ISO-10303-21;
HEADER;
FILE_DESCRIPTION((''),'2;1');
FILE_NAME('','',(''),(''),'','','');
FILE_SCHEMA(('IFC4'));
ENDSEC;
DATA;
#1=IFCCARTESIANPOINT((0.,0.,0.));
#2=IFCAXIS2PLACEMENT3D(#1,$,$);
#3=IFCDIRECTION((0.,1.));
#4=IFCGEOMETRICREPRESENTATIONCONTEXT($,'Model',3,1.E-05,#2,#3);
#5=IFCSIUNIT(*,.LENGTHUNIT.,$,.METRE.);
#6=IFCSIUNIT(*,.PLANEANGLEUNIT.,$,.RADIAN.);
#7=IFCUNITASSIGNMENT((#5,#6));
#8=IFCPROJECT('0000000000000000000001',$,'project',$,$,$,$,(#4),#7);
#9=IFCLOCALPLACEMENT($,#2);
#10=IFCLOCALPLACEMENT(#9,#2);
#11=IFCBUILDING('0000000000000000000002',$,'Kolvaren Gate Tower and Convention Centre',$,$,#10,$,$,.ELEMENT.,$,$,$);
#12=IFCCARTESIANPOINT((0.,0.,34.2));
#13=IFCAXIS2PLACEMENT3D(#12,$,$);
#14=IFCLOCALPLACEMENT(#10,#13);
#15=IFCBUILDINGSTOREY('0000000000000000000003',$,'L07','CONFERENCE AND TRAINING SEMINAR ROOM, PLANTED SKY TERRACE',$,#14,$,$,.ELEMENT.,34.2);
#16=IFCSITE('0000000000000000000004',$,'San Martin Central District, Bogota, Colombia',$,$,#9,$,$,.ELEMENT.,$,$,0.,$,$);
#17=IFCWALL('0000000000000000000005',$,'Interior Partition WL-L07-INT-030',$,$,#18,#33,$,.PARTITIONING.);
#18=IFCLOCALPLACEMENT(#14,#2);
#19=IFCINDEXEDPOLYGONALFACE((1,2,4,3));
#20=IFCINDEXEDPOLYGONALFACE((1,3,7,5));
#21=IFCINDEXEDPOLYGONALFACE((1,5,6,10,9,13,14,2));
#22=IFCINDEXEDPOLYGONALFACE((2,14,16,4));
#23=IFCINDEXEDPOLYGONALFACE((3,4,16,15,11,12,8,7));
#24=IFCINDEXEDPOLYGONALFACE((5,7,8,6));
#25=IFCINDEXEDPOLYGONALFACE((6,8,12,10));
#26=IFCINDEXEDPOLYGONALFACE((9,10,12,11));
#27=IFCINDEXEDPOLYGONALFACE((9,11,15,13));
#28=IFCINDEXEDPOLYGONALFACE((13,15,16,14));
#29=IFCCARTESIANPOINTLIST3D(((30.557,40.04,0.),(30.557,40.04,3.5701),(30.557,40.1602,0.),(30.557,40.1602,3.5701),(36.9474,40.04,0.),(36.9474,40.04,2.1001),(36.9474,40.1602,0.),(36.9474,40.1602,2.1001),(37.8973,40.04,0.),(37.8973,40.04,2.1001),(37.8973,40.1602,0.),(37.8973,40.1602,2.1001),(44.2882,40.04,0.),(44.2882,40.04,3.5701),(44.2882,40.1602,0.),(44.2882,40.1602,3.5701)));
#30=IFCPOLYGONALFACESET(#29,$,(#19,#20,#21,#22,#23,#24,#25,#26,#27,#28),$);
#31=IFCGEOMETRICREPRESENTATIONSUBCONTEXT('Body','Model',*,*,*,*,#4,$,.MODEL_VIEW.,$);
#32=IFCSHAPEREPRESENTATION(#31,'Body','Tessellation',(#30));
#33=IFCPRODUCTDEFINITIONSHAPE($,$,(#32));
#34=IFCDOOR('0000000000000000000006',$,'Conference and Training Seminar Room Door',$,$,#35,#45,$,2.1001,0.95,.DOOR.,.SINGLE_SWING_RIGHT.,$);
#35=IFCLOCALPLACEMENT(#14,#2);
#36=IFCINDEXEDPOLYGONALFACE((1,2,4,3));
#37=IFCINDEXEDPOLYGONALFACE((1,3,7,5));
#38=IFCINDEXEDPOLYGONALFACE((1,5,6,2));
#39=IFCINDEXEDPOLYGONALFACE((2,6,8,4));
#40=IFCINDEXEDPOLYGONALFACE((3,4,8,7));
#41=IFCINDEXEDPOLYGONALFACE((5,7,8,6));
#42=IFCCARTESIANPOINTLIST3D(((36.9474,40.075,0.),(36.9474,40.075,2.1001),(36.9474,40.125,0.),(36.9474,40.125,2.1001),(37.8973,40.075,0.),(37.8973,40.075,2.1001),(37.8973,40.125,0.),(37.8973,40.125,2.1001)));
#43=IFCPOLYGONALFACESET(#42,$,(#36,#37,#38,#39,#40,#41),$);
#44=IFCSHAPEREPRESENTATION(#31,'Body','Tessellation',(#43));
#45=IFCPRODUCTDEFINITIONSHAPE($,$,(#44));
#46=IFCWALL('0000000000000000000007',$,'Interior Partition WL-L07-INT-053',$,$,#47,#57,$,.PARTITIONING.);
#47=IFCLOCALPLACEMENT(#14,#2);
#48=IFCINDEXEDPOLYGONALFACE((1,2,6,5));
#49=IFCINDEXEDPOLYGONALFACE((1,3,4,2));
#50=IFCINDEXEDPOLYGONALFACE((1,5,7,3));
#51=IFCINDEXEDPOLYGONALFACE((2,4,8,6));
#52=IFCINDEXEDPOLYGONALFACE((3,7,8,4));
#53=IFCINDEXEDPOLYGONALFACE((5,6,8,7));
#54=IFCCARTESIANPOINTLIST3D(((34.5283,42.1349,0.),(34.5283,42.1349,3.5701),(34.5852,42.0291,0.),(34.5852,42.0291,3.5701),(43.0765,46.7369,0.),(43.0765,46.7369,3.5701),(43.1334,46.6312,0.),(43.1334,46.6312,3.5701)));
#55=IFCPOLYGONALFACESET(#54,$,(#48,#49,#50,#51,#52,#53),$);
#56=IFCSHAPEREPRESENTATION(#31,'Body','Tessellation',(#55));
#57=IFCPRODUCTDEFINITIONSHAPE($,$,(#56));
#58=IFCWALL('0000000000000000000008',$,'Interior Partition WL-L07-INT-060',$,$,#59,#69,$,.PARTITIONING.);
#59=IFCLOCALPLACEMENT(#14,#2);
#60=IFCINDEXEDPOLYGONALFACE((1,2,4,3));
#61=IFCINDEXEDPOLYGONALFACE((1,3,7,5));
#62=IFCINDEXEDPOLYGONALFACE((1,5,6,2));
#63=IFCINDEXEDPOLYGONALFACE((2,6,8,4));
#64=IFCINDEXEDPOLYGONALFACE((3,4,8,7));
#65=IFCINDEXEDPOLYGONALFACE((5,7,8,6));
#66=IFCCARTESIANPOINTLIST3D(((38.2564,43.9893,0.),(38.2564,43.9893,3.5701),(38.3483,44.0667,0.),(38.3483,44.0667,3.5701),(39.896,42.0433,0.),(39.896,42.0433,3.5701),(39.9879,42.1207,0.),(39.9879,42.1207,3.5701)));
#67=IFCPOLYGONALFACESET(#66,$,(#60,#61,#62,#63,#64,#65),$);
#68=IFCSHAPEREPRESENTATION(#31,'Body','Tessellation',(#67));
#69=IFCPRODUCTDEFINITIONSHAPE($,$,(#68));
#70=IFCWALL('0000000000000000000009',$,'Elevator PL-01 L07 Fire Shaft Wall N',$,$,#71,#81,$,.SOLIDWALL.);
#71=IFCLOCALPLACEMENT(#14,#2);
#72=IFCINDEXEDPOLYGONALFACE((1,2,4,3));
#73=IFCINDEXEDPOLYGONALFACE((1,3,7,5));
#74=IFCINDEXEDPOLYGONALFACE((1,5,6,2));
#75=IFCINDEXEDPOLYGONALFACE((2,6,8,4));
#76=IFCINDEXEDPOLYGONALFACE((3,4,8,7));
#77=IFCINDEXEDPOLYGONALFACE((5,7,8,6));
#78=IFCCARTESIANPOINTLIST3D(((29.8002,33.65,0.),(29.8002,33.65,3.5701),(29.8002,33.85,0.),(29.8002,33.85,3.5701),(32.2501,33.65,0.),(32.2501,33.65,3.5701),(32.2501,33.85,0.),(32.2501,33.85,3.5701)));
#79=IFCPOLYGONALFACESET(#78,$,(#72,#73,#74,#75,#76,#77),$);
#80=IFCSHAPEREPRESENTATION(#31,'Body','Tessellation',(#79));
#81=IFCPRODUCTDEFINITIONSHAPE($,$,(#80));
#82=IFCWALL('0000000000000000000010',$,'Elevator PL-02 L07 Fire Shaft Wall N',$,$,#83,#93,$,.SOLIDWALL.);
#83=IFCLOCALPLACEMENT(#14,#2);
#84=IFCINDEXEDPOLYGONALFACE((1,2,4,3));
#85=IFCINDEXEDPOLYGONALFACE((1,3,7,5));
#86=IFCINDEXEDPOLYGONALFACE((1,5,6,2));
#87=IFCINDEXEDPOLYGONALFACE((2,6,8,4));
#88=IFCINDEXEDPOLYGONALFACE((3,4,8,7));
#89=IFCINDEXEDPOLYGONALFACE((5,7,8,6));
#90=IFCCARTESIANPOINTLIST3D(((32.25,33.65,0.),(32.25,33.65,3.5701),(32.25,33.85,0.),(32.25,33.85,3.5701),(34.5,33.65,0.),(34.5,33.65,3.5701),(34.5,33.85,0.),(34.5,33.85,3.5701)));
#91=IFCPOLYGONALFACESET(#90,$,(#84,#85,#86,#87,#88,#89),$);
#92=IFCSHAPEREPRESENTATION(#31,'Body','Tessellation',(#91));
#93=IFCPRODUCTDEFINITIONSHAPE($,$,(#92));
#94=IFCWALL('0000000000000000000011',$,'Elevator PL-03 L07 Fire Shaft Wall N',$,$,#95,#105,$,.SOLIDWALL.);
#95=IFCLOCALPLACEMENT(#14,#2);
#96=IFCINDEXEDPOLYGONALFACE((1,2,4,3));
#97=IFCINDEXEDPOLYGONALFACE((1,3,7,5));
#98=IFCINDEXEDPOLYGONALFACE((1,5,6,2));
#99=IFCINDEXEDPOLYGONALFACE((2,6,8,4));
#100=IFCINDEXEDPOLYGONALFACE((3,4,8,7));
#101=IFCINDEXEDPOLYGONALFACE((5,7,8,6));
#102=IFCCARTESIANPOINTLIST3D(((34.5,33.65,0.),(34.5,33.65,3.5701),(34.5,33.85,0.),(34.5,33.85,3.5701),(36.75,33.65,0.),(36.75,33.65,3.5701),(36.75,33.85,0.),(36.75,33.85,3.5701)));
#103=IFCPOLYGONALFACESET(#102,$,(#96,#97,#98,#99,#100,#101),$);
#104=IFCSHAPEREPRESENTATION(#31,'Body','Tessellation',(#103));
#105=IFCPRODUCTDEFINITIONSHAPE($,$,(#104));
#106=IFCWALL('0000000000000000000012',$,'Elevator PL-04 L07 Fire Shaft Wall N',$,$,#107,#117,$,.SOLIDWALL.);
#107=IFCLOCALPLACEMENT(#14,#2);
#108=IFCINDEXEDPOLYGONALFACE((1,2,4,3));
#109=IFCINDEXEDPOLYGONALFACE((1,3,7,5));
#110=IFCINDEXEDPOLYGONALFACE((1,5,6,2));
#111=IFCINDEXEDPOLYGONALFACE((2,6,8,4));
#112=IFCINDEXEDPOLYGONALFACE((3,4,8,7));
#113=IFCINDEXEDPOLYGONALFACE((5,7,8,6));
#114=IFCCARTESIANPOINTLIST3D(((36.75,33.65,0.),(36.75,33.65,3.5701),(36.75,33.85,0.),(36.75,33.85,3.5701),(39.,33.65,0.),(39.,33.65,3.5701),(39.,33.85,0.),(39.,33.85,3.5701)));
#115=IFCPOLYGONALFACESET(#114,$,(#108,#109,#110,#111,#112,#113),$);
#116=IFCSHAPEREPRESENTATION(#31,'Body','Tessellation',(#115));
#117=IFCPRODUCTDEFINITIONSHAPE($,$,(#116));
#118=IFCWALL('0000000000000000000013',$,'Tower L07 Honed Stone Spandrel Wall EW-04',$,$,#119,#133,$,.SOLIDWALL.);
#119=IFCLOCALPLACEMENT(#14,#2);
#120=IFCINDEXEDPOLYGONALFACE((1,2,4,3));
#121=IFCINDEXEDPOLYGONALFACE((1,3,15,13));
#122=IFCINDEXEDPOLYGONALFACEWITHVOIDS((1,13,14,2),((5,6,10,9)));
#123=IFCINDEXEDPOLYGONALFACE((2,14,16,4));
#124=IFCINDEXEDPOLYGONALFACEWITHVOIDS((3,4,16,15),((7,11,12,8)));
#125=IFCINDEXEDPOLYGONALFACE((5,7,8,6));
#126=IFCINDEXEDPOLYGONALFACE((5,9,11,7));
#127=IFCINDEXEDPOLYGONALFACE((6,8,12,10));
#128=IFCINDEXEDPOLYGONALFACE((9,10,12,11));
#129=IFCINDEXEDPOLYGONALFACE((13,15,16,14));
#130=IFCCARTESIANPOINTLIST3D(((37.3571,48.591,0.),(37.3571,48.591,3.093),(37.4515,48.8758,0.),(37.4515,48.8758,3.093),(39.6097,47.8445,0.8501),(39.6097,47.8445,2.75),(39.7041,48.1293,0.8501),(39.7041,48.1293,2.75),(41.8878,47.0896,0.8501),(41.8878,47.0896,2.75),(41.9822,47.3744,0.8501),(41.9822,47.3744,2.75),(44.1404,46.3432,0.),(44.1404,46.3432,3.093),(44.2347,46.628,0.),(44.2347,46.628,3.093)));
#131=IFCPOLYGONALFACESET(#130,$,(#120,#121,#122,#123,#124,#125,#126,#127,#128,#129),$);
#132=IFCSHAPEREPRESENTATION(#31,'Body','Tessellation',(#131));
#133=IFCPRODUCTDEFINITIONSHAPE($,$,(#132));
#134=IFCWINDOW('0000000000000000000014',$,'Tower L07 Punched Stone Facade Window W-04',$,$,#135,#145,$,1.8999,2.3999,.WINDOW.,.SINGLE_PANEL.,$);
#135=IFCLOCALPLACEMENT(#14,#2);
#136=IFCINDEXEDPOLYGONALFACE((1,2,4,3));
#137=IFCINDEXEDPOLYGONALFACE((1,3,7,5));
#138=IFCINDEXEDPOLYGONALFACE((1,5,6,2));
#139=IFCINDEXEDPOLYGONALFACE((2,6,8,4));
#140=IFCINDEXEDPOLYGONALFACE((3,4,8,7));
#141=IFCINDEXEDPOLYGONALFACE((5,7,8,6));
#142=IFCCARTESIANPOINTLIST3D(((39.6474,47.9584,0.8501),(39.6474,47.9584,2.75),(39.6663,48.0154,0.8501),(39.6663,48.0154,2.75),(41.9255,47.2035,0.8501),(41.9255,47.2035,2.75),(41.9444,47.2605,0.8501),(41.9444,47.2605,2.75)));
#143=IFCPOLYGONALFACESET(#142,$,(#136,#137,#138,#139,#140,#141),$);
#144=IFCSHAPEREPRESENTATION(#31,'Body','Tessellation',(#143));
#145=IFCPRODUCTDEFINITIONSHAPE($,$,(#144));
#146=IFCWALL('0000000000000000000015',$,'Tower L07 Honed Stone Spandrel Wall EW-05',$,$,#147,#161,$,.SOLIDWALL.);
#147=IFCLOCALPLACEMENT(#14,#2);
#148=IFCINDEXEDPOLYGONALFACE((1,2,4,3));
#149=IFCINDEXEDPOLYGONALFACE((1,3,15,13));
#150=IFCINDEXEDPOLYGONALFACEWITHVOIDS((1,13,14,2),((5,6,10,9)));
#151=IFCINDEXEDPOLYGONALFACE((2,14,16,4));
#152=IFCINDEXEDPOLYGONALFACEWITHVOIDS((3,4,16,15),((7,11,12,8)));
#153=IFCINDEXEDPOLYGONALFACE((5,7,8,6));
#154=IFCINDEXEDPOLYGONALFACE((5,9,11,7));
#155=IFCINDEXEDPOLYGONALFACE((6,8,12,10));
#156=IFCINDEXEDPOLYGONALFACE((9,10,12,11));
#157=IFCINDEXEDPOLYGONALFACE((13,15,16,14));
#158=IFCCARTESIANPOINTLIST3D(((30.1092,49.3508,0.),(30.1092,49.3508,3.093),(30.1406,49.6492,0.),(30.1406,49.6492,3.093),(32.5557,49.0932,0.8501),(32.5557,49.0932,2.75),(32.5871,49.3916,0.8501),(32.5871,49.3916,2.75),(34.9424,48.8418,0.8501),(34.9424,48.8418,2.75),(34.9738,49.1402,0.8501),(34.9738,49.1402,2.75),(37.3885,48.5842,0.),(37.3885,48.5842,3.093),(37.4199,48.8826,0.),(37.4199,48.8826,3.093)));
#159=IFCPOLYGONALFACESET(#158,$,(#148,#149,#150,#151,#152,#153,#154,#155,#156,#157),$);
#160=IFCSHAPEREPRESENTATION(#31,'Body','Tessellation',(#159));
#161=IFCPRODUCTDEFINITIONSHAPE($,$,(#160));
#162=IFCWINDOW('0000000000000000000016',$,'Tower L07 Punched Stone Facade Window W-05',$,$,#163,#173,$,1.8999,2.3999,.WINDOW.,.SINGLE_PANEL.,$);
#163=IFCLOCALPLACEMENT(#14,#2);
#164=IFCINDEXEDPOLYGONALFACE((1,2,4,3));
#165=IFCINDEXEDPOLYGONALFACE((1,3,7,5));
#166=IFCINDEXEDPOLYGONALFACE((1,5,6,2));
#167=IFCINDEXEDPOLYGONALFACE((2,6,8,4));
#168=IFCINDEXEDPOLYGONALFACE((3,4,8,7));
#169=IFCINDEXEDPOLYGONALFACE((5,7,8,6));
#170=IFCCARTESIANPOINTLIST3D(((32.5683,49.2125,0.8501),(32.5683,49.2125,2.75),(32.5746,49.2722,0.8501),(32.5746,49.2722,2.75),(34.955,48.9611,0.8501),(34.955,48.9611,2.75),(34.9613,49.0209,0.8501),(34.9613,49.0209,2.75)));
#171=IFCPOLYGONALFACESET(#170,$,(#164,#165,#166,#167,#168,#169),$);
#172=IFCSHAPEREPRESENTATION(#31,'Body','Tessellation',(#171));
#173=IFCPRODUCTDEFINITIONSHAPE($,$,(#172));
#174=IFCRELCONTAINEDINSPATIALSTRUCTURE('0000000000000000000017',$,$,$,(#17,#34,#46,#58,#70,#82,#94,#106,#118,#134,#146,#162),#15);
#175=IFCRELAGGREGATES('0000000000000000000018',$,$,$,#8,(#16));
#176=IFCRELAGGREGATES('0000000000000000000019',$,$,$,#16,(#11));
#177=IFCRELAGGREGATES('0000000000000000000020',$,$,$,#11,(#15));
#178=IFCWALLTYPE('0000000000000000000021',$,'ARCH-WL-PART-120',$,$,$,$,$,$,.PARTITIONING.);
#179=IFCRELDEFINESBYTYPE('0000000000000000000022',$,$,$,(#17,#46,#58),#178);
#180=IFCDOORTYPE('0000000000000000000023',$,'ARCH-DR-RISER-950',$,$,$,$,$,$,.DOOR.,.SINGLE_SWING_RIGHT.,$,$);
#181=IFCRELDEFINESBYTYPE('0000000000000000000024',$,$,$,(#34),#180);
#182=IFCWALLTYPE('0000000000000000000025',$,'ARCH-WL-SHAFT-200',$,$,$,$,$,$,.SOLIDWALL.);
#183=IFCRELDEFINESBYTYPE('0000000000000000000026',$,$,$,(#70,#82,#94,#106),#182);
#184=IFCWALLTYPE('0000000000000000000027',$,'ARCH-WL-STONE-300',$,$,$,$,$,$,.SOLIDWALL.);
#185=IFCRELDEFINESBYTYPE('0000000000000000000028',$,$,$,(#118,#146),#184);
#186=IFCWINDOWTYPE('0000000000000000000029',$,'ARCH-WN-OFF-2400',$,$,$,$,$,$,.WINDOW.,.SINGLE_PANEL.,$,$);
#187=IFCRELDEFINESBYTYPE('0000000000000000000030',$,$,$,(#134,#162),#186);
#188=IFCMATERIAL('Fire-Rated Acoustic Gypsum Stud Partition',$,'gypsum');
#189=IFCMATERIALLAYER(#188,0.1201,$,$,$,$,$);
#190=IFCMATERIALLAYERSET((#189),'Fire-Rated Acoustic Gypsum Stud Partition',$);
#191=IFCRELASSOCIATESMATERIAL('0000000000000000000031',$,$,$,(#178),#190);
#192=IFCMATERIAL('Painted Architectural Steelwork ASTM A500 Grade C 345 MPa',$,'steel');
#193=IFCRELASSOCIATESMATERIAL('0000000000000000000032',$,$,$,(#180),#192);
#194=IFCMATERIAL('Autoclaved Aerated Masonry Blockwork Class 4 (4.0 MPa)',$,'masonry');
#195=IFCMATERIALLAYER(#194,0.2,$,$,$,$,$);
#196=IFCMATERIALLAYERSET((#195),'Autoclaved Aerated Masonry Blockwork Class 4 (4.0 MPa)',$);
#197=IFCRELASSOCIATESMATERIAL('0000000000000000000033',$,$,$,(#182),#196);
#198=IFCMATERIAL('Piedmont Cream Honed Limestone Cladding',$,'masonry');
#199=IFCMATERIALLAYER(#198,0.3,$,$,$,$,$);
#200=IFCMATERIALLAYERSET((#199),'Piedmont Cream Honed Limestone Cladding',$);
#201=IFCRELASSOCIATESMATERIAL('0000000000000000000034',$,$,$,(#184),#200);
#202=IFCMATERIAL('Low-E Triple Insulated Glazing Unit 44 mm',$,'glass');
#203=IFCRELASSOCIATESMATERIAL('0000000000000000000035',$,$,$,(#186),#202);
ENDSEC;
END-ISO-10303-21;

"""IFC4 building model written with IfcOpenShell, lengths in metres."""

from ifc_helpers import new_model, si_unit, direction, frame, frame_2d, origin, place, context, subcontext, project, spatial, rectangle, extrude, material, layer, layer_set, type_object, element, fill, save


model = new_model("IFC4")

# Units and contexts
model_context = context("Model", 3, precision=1e-05, world=origin(), true_north=direction((0.0, 1.0)))
body_context = subcontext(model_context, "Body", "Model", "MODEL_VIEW")
ifc_project = project(units=[si_unit("LENGTHUNIT", "METRE"), si_unit("PLANEANGLEUNIT", "RADIAN")], contexts=[model_context])

# Site, building, storey
site_placement = place(None, origin())
site = spatial("IfcSite", under=ifc_project, at=site_placement, Name="San Martin Central District, Bogota, Colombia", CompositionType="ELEMENT", RefElevation=0.0)
building_placement = place(site_placement, origin())
building = spatial("IfcBuilding", under=site, at=building_placement, Name="Kolvaren Gate Tower and Convention Centre", CompositionType="ELEMENT")
storey_placement = place(building_placement, frame((0.0, 0.0, 34.2)))
storey = spatial("IfcBuildingStorey", under=building, at=storey_placement, Name="L07", Description="CONFERENCE AND TRAINING SEMINAR ROOM, PLANTED SKY TERRACE", CompositionType="ELEMENT", Elevation=34.2)

# Wall, opening, door
ifc_material_1 = material(Name="Fire-Rated Acoustic Gypsum Stud Partition", Category="gypsum")
ifc_layer_1 = layer(ifc_material_1, 0.1201)
ifc_layer_set_1 = layer_set([ifc_layer_1], Name="Fire-Rated Acoustic Gypsum Stud Partition")
wall_type_1 = type_object("IfcWallType", Name="ARCH-WL-PART-120", PredefinedType="PARTITIONING", material=ifc_layer_set_1)
wall_1_placement = place(storey_placement, frame((30.5569, 40.1001, 0.0), z_axis=(0.0, 0.0, 1.0), x_axis=(1.0, 0.0, 0.0)))
wall_1 = element("IfcWall", 1, at=wall_1_placement, inside=storey, type_object=wall_type_1, Name="Interior Partition WL-L07-INT-030", PredefinedType="PARTITIONING", context=body_context, shape_type="SweptSolid", body=[
    extrude(rectangle(XDim=13.7312, YDim=0.1201, at=frame_2d((6.8657, 0.0))), origin(), (0.0, 0.0, 1.0), 3.5701),
])
opening_1_placement = place(wall_1_placement, frame((6.3904, 0.0, 0.0)))
opening_1 = element("IfcOpeningElement", 2, at=opening_1_placement, cuts=wall_1, PredefinedType="OPENING", context=body_context, shape_type="SweptSolid", body=[
    extrude(rectangle(XDim=0.95, YDim=2.1001, at=frame_2d((0.4751, 1.05))), frame((0.0, 0.0701, 0.0), z_axis=(0.0, -1.0, 0.0), x_axis=(1.0, 0.0, 0.0)), (0.0, 0.0, 1.0), 0.1401),
])
ifc_material_2 = material(Name="Painted Architectural Steelwork ASTM A500 Grade C 345 MPa", Category="steel")
door_type = type_object("IfcDoorType", Name="ARCH-DR-RISER-950", OperationType="SINGLE_SWING_RIGHT", PredefinedType="DOOR", material=ifc_material_2)
door_placement = place(opening_1_placement, origin())
door = element("IfcDoor", 3, at=door_placement, inside=storey, type_object=door_type, Name="Conference and Training Seminar Room Door", OperationType="SINGLE_SWING_RIGHT", OverallHeight=2.1001, OverallWidth=0.95, PredefinedType="DOOR", context=body_context, shape_type="SweptSolid", body=[
    extrude(rectangle(XDim=0.95, YDim=2.1001, at=frame_2d((0.4751, 1.05))), frame((0.0, 0.0249, 0.0), z_axis=(0.0, -1.0, 0.0), x_axis=(1.0, 0.0, 0.0)), (0.0, 0.0, 1.0), 0.05),
])
fill(opening_1, door)

# Walls
wall_2_placement = place(storey_placement, frame((34.5569, 42.082, 0.0), z_axis=(0.0, 0.0, 1.0), x_axis=(0.880504, 0.474038, 0.0)))
element("IfcWall", 4, at=wall_2_placement, inside=storey, type_object=wall_type_1, Name="Interior Partition WL-L07-INT-053", PredefinedType="PARTITIONING", context=body_context, shape_type="SweptSolid", body=[
    extrude(rectangle(XDim=9.7083, YDim=0.1201, at=frame_2d((4.854, 0.0))), origin(), (0.0, 0.0, 1.0), 3.5701),
])
wall_3_placement = place(storey_placement, frame((38.3022, 44.0281, 0.0), z_axis=(0.0, 0.0, 1.0), x_axis=(0.644337, -0.764742, 0.0)))
element("IfcWall", 5, at=wall_3_placement, inside=storey, type_object=wall_type_1, Name="Interior Partition WL-L07-INT-060", PredefinedType="PARTITIONING", context=body_context, shape_type="SweptSolid", body=[
    extrude(rectangle(XDim=2.5447, YDim=0.1201, at=frame_2d((1.2725, 0.0))), origin(), (0.0, 0.0, 1.0), 3.5701),
])
ifc_material_3 = material(Name="Autoclaved Aerated Masonry Blockwork Class 4 (4.0 MPa)", Category="masonry")
ifc_layer_2 = layer(ifc_material_3, 0.2)
ifc_layer_set_2 = layer_set([ifc_layer_2], Name="Autoclaved Aerated Masonry Blockwork Class 4 (4.0 MPa)")
wall_type_2 = type_object("IfcWallType", Name="ARCH-WL-SHAFT-200", PredefinedType="SOLIDWALL", material=ifc_layer_set_2)
wall_4_placement = place(storey_placement, frame((29.8, 33.75, 0.0), z_axis=(0.0, 0.0, 1.0), x_axis=(1.0, 0.0, 0.0)))
element("IfcWall", 6, at=wall_4_placement, inside=storey, type_object=wall_type_2, Name="Elevator PL-01 L07 Fire Shaft Wall N", PredefinedType="SOLIDWALL", context=body_context, shape_type="SweptSolid", body=[
    extrude(rectangle(XDim=2.45, YDim=0.2, at=frame_2d((1.2251, 0.0))), origin(), (0.0, 0.0, 1.0), 3.5701),
])
for number, where, z_axis, x_axis, name in (
    (7, (32.25, 33.75, 0.0), (0.0, 0.0, 1.0), (1.0, 0.0, 0.0), "Elevator PL-02 L07 Fire Shaft Wall N"),
    (8, (34.5, 33.75, 0.0), (0.0, 0.0, 1.0), (1.0, 0.0, 0.0), "Elevator PL-03 L07 Fire Shaft Wall N"),
    (9, (36.75, 33.75, 0.0), (0.0, 0.0, 1.0), (1.0, 0.0, 0.0), "Elevator PL-04 L07 Fire Shaft Wall N"),
):
    element("IfcWall", number, at=place(storey_placement, frame(where, z_axis=z_axis, x_axis=x_axis)), inside=storey, type_object=wall_type_2, Name=name, PredefinedType="SOLIDWALL", context=body_context, shape_type="SweptSolid", body=[
        extrude(rectangle(XDim=2.25, YDim=0.2, at=frame_2d((1.125, 0.0))), origin(), (0.0, 0.0, 1.0), 3.5701),
    ])

# Walls, openings, windows
ifc_material_4 = material(Name="Piedmont Cream Honed Limestone Cladding", Category="masonry")
ifc_layer_3 = layer(ifc_material_4, 0.3)
ifc_layer_set_3 = layer_set([ifc_layer_3], Name="Piedmont Cream Honed Limestone Cladding")
wall_type_3 = type_object("IfcWallType", Name="ARCH-WL-STONE-300", PredefinedType="SOLIDWALL", material=ifc_layer_set_3)
wall_5_placement = place(storey_placement, frame((37.4043, 48.7334, 0.0), z_axis=(0.0, 0.0, 1.0), x_axis=(0.949239, -0.314557, 0.0)))
wall_5 = element("IfcWall", 10, at=wall_5_placement, inside=storey, type_object=wall_type_3, Name="Tower L07 Honed Stone Spandrel Wall EW-04", PredefinedType="SOLIDWALL", context=body_context, shape_type="SweptSolid", body=[
    extrude(rectangle(XDim=7.146, YDim=0.3, at=frame_2d((3.573, 0.0))), origin(), (0.0, 0.0, 1.0), 3.093),
])
opening_2_placement = place(wall_5_placement, frame((2.373, 0.0, 0.8501)))
opening_2 = element("IfcOpeningElement", 11, at=opening_2_placement, cuts=wall_5, PredefinedType="OPENING", context=body_context, shape_type="SweptSolid", body=[
    extrude(rectangle(XDim=2.3999, YDim=1.8999, at=frame_2d((1.2, 0.95))), frame((0.0, 0.1599, 0.0), z_axis=(0.0, -1.0, 0.0), x_axis=(1.0, 0.0, 0.0)), (0.0, 0.0, 1.0), 0.3201),
])
ifc_material_5 = material(Name="Low-E Triple Insulated Glazing Unit 44 mm", Category="glass")
window_type = type_object("IfcWindowType", Name="ARCH-WN-OFF-2400", PartitioningType="SINGLE_PANEL", PredefinedType="WINDOW", material=ifc_material_5)
window_1_placement = place(opening_2_placement, origin())
window_1 = element("IfcWindow", 12, at=window_1_placement, inside=storey, type_object=window_type, Name="Tower L07 Punched Stone Facade Window W-04", OverallHeight=1.8999, OverallWidth=2.3999, PartitioningType="SINGLE_PANEL", PredefinedType="WINDOW", context=body_context, shape_type="SweptSolid", body=[
    extrude(rectangle(XDim=2.3999, YDim=1.8999, at=frame_2d((1.2, 0.95))), frame((0.0, 0.03, 0.0), z_axis=(0.0, -1.0, 0.0), x_axis=(1.0, 0.0, 0.0)), (0.0, 0.0, 1.0), 0.0601),
])
fill(opening_2, window_1)
wall_6_placement = place(storey_placement, frame((30.125, 49.5, 0.0), z_axis=(0.0, 0.0, 1.0), x_axis=(0.9945, -0.104733, 0.0)))
wall_6 = element("IfcWall", 13, at=wall_6_placement, inside=storey, type_object=wall_type_3, Name="Tower L07 Honed Stone Spandrel Wall EW-05", PredefinedType="SOLIDWALL", context=body_context, shape_type="SweptSolid", body=[
    extrude(rectangle(XDim=7.3196, YDim=0.3, at=frame_2d((3.6597, 0.0))), origin(), (0.0, 0.0, 1.0), 3.093),
])
opening_3_placement = place(wall_6_placement, frame((2.46, 0.0, 0.8501)))
opening_3 = element("IfcOpeningElement", 14, at=opening_3_placement, cuts=wall_6, PredefinedType="OPENING", context=body_context, shape_type="SweptSolid", body=[
    extrude(rectangle(XDim=2.3999, YDim=1.8999, at=frame_2d((1.2, 0.95))), frame((0.0, 0.1599, 0.0), z_axis=(0.0, -1.0, 0.0), x_axis=(1.0, 0.0, 0.0)), (0.0, 0.0, 1.0), 0.3201),
])
window_2_placement = place(opening_3_placement, origin())
window_2 = element("IfcWindow", 15, at=window_2_placement, inside=storey, type_object=window_type, Name="Tower L07 Punched Stone Facade Window W-05", OverallHeight=1.8999, OverallWidth=2.3999, PartitioningType="SINGLE_PANEL", PredefinedType="WINDOW", context=body_context, shape_type="SweptSolid", body=[
    extrude(rectangle(XDim=2.3999, YDim=1.8999, at=frame_2d((1.2, 0.95))), frame((0.0, 0.03, 0.0), z_axis=(0.0, -1.0, 0.0), x_axis=(1.0, 0.0, 0.0)), (0.0, 0.0, 1.0), 0.0601),
])
fill(opening_3, window_2)

save(model, "model.ifc")
